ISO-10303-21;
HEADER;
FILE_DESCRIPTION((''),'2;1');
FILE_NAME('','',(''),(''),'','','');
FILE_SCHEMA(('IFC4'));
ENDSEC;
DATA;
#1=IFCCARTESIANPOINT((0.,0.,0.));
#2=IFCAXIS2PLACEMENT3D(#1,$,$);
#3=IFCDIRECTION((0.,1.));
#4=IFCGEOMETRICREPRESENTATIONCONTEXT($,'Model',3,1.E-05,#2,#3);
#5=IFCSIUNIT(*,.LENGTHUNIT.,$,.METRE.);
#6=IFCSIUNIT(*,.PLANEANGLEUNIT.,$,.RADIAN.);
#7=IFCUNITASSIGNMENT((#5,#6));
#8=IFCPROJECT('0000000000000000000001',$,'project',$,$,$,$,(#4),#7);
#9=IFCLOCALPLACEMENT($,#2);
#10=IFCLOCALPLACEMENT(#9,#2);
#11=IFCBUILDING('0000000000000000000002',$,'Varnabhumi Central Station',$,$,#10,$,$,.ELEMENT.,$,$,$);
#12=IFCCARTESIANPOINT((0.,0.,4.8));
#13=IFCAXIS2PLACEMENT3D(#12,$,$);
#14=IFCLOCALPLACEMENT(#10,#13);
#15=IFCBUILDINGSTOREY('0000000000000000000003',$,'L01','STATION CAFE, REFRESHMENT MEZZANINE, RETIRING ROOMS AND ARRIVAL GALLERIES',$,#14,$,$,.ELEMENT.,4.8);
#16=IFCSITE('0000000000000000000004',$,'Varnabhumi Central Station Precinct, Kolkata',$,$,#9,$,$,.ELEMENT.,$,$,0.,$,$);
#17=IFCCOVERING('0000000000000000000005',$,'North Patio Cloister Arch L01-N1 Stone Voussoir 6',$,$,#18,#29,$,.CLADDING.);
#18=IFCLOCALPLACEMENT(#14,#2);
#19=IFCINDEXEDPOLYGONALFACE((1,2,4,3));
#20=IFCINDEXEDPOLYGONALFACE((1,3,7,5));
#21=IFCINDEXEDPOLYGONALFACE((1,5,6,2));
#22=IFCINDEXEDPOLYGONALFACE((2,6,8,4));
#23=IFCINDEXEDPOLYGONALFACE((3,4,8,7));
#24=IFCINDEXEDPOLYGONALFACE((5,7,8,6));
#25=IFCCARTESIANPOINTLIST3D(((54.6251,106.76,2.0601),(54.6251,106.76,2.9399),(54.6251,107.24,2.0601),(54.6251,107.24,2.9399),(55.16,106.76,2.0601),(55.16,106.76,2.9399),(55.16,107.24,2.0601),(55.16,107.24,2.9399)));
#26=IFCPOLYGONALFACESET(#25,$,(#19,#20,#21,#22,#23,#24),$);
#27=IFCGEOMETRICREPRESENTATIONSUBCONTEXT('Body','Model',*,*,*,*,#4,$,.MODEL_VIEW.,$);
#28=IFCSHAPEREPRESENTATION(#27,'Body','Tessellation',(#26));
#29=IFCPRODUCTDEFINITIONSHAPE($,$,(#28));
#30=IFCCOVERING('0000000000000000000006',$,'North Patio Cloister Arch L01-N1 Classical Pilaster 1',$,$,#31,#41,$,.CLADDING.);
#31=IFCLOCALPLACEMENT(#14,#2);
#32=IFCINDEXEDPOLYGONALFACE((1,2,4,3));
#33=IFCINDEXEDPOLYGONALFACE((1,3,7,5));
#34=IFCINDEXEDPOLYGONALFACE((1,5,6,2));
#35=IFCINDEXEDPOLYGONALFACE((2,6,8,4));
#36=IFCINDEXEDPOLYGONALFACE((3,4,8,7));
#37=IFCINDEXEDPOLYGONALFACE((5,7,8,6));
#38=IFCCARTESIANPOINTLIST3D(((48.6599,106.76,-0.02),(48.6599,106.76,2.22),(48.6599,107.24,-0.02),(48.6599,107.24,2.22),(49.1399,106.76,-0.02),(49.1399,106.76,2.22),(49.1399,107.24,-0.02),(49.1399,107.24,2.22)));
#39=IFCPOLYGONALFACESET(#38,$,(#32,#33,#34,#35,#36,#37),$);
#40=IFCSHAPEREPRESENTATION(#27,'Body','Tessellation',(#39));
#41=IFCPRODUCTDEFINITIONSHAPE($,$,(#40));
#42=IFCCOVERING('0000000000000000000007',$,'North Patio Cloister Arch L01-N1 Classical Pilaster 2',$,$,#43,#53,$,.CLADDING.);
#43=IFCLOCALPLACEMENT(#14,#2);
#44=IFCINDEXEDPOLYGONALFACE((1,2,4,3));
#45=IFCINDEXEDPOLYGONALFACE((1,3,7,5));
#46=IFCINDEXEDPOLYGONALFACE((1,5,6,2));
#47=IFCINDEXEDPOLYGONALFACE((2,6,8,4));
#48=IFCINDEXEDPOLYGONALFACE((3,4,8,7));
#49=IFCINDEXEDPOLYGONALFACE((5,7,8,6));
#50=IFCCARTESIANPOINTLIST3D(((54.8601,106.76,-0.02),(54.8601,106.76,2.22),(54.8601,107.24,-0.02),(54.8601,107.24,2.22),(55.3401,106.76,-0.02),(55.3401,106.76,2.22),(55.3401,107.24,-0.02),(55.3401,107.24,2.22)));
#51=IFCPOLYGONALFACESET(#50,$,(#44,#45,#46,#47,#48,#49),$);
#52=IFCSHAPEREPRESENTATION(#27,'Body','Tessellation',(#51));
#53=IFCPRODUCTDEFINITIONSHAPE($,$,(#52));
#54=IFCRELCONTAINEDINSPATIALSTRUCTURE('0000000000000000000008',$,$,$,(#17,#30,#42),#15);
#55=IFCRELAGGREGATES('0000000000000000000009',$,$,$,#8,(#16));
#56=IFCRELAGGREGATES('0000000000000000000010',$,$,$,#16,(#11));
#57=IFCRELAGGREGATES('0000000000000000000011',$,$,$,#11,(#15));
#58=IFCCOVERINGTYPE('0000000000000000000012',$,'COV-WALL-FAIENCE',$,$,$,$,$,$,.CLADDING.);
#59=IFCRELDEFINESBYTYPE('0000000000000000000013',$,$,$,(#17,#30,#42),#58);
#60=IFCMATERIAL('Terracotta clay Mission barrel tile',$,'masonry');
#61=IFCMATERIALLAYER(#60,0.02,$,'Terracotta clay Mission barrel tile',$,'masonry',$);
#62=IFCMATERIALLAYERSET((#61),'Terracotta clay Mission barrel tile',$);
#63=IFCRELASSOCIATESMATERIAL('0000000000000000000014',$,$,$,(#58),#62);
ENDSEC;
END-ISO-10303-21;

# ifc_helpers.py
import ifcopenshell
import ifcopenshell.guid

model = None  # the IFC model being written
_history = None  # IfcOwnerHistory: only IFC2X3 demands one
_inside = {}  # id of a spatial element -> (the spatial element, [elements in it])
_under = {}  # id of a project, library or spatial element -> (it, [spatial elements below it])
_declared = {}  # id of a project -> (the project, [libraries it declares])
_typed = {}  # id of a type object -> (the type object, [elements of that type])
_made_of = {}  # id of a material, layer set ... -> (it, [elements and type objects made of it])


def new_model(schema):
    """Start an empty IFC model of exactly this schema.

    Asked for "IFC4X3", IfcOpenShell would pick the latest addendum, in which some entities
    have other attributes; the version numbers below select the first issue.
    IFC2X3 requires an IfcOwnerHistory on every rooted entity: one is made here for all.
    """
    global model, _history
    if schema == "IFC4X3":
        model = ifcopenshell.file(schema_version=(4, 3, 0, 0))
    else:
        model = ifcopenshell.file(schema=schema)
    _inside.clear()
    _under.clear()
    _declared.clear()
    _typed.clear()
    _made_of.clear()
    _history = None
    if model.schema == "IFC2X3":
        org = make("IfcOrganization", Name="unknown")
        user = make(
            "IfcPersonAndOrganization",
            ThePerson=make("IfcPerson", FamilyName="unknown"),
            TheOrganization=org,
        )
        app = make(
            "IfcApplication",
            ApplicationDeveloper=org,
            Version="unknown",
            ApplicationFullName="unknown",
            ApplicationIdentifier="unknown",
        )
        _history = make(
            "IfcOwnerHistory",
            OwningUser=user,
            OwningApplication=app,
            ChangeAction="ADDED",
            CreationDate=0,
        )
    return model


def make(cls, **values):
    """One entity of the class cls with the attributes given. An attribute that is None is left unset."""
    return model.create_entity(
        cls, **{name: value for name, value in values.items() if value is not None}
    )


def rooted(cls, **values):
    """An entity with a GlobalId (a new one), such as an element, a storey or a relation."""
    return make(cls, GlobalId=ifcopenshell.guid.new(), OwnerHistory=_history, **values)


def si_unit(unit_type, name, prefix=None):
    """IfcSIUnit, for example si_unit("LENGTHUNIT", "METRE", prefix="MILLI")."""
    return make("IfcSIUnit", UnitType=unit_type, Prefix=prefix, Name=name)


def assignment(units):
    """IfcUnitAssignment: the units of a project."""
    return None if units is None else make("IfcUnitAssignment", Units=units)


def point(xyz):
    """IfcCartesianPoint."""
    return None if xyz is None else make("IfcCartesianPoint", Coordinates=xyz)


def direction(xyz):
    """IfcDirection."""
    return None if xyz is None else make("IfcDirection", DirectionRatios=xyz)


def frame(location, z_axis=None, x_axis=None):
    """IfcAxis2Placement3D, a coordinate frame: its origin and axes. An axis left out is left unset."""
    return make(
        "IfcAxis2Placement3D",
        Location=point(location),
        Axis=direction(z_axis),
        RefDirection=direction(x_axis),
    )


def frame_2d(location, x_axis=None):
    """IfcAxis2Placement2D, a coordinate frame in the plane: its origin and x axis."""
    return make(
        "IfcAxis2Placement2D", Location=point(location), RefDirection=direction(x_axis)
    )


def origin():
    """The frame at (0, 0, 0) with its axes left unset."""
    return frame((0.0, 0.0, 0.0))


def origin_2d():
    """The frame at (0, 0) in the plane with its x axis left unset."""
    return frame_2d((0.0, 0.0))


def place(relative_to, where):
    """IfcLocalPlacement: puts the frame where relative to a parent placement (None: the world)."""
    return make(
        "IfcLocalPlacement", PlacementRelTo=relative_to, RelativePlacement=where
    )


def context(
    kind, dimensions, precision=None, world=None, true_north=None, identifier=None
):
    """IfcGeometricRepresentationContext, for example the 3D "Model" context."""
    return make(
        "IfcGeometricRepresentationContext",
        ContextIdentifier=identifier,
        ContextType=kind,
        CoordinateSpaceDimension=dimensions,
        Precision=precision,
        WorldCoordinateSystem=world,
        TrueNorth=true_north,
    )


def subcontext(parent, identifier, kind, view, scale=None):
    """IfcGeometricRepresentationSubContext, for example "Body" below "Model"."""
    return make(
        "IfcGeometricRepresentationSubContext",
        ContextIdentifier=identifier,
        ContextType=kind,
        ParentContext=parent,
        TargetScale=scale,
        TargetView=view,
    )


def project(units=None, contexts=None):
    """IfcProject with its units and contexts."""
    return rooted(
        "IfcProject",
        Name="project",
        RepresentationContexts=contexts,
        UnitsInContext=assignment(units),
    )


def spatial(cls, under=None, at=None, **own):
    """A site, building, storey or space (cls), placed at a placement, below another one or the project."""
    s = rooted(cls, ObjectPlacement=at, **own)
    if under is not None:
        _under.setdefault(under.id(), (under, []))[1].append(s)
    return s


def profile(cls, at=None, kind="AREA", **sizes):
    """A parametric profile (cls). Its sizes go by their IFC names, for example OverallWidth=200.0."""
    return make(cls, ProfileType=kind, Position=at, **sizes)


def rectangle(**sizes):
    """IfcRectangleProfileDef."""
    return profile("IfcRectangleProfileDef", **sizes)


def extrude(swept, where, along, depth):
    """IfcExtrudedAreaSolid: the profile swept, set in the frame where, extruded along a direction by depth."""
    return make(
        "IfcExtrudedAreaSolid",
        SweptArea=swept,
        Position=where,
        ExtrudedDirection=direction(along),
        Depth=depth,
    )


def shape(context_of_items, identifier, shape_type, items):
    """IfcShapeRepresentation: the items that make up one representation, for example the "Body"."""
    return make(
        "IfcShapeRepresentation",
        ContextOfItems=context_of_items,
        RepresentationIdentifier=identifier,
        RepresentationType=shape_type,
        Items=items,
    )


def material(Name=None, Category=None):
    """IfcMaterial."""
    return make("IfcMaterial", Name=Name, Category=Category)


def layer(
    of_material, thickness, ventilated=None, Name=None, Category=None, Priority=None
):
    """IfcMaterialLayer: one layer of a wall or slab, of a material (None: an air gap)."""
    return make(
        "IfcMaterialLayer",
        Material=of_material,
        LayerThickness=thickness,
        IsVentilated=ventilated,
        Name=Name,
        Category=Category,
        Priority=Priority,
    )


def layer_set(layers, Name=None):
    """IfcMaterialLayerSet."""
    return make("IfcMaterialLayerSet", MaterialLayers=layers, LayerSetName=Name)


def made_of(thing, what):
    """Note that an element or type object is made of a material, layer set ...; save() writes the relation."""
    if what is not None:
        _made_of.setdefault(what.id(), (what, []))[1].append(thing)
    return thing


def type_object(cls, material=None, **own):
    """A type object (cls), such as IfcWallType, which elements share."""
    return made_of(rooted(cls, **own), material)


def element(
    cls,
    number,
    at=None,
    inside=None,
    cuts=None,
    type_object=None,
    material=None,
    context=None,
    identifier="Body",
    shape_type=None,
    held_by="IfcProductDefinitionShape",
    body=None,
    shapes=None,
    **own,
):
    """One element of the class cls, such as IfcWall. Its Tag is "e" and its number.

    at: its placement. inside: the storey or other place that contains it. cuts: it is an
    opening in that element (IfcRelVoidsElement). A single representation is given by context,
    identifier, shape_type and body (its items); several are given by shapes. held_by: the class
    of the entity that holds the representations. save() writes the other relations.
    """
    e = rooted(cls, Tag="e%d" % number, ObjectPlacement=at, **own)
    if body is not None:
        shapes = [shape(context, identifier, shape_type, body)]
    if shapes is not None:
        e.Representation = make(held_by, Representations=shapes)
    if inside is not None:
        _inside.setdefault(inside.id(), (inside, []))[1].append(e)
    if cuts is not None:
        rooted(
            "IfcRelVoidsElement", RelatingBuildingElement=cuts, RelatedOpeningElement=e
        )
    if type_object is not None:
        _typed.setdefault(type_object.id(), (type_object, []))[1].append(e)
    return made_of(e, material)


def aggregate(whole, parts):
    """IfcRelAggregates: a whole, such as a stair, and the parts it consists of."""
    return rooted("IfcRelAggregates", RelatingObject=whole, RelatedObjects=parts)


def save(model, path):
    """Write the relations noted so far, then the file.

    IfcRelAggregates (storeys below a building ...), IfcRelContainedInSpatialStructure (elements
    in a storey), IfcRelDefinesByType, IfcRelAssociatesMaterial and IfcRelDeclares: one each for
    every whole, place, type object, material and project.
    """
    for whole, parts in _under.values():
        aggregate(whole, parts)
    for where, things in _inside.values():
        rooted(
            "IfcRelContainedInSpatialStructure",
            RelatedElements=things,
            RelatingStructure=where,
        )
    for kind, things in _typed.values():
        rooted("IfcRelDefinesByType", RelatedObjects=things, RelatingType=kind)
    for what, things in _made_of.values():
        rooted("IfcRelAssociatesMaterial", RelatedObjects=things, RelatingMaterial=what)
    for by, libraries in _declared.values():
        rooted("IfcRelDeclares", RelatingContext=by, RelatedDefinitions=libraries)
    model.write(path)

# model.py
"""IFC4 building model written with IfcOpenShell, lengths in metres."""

from ifc_helpers import new_model, si_unit, direction, frame, origin, origin_2d, place, context, subcontext, project, spatial, rectangle, extrude, material, layer, layer_set, type_object, element, save


model = new_model("IFC4")

# Units and contexts
model_context = context("Model", 3, precision=1e-05, world=origin(), true_north=direction((0.0, 1.0)))
body_context = subcontext(model_context, "Body", "Model", "MODEL_VIEW")
ifc_project = project(units=[si_unit("LENGTHUNIT", "METRE"), si_unit("PLANEANGLEUNIT", "RADIAN")], contexts=[model_context])

# Site, building, storey
site_placement = place(None, origin())
site = spatial("IfcSite", under=ifc_project, at=site_placement, Name="Varnabhumi Central Station Precinct, Kolkata", CompositionType="ELEMENT", RefElevation=0.0)
building_placement = place(site_placement, origin())
building = spatial("IfcBuilding", under=site, at=building_placement, Name="Varnabhumi Central Station", CompositionType="ELEMENT")
storey_placement = place(building_placement, frame((0.0, 0.0, 4.8)))
storey = spatial("IfcBuildingStorey", under=building, at=storey_placement, Name="L01", Description="STATION CAFE, REFRESHMENT MEZZANINE, RETIRING ROOMS AND ARRIVAL GALLERIES", CompositionType="ELEMENT", Elevation=4.8)

# Coverings
ifc_material_1 = material(Name="Terracotta clay Mission barrel tile", Category="masonry")
ifc_layer_1 = layer(ifc_material_1, 0.02, Name="Terracotta clay Mission barrel tile", Category="masonry")
ifc_layer_set_1 = layer_set([ifc_layer_1], Name="Terracotta clay Mission barrel tile")
covering_type = type_object("IfcCoveringType", Name="COV-WALL-FAIENCE", PredefinedType="CLADDING", material=ifc_layer_set_1)
covering_1_placement = place(storey_placement, frame((54.8926, 107.0, 2.0601), z_axis=(0.0, 0.0, 1.0), x_axis=(1.0, 0.0, 0.0)))
element("IfcCovering", 1, at=covering_1_placement, inside=storey, type_object=covering_type, Name="North Patio Cloister Arch L01-N1 Stone Voussoir 6", PredefinedType="CLADDING", context=body_context, shape_type="SweptSolid", body=[
    extrude(rectangle(XDim=0.5349, YDim=0.48, at=origin_2d()), origin(), (0.0, 0.0, 1.0), 0.8799),
])
for number, where, z_axis, x_axis, name in (
    (2, (48.8999, 107.0, -0.02), (0.0, 0.0, 1.0), (1.0, 0.0, 0.0), "North Patio Cloister Arch L01-N1 Classical Pilaster 1"),
    (3, (55.1001, 107.0, -0.02), (0.0, 0.0, 1.0), (1.0, 0.0, 0.0), "North Patio Cloister Arch L01-N1 Classical Pilaster 2"),
):
    element("IfcCovering", number, at=place(storey_placement, frame(where, z_axis=z_axis, x_axis=x_axis)), inside=storey, type_object=covering_type, Name=name, PredefinedType="CLADDING", context=body_context, shape_type="SweptSolid", body=[
        extrude(rectangle(XDim=0.48, YDim=0.48, at=origin_2d()), origin(), (0.0, 0.0, 1.0), 2.24),
    ])

save(model, "model.ifc")
